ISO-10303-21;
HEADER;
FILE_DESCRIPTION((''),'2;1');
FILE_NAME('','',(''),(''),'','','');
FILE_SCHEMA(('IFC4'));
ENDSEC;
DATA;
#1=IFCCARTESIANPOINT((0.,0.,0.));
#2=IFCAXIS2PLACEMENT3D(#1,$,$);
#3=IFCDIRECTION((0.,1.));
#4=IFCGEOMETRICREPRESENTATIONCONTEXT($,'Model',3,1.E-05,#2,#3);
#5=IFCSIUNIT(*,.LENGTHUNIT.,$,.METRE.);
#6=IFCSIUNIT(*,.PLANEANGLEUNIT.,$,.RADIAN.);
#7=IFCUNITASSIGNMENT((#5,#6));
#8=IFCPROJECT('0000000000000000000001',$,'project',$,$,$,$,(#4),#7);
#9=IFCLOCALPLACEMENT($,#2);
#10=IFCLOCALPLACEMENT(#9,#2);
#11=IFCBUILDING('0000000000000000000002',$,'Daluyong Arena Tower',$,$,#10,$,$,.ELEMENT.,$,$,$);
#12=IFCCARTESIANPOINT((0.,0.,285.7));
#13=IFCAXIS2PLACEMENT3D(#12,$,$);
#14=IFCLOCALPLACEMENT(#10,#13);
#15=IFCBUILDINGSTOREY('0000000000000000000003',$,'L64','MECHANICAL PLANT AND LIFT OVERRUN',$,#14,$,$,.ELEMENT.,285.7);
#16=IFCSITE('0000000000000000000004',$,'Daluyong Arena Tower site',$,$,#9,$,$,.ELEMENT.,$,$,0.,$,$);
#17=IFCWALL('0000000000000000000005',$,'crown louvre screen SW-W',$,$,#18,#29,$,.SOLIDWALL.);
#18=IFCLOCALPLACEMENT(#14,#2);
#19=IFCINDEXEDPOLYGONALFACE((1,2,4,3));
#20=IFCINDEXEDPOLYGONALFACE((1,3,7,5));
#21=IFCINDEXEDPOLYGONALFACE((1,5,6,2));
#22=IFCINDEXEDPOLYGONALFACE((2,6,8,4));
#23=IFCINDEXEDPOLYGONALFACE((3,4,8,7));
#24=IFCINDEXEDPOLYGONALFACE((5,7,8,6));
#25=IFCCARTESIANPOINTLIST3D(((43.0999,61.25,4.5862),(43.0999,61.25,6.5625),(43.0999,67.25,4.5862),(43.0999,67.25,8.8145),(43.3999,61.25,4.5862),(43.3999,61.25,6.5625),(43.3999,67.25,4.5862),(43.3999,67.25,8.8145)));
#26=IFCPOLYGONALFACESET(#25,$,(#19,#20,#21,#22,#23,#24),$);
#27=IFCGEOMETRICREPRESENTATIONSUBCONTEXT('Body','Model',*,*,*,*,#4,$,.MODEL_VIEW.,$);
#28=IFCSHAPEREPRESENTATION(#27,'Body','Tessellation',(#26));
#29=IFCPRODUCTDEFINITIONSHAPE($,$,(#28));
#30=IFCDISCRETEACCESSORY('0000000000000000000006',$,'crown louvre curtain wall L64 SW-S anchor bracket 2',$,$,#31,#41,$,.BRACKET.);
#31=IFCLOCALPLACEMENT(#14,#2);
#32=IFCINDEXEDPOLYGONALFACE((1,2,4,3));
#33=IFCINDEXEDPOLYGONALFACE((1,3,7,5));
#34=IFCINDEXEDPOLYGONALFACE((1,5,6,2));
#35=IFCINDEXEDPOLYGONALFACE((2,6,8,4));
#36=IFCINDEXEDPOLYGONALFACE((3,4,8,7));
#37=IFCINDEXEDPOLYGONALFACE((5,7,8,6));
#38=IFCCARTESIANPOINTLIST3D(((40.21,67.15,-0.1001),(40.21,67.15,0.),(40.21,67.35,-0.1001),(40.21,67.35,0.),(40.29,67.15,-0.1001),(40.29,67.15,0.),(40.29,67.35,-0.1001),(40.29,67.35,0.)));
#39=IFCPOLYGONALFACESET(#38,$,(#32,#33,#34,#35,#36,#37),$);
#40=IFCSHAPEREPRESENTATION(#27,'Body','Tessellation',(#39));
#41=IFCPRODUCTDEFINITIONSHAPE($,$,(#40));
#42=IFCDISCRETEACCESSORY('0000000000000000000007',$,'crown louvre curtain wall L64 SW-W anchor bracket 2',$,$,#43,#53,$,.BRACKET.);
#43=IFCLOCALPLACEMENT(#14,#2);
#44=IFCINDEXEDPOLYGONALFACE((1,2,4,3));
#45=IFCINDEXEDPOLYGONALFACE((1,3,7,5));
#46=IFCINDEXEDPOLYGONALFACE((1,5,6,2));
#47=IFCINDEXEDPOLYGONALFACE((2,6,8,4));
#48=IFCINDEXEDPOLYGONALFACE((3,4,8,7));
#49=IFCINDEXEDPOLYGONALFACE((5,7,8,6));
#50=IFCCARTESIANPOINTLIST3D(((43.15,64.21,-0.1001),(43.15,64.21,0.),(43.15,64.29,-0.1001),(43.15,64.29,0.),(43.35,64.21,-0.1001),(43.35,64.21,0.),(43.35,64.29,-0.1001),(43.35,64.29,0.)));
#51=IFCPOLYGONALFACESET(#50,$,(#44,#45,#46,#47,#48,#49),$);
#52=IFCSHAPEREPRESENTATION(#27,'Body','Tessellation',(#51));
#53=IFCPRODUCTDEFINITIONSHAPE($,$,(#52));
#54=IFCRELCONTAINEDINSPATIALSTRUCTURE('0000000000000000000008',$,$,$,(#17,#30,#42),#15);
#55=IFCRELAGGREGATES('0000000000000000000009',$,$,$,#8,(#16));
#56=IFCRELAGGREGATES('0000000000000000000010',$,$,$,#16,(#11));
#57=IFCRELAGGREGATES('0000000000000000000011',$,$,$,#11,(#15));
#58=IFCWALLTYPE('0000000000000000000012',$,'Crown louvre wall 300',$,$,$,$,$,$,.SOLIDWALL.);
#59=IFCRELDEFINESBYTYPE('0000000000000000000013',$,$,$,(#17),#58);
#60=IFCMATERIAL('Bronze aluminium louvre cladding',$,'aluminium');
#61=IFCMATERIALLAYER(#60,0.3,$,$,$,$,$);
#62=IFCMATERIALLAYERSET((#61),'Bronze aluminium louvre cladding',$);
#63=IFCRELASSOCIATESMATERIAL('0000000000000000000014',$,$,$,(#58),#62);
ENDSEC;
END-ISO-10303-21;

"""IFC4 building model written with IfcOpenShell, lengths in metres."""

from ifc_helpers import new_model, si_unit, direction, frame, origin, origin_2d, place, context, subcontext, project, spatial, polyline, rectangle, outline, extrude, material, layer, layer_set, type_object, element, save


model = new_model("IFC4")

# Units and contexts
model_context = context("Model", 3, precision=1e-05, world=origin(), true_north=direction((0.0, 1.0)))
body_context = subcontext(model_context, "Body", "Model", "MODEL_VIEW")
ifc_project = project(units=[si_unit("LENGTHUNIT", "METRE"), si_unit("PLANEANGLEUNIT", "RADIAN")], contexts=[model_context])

# Site, building, storey
site_placement = place(None, origin())
site = spatial("IfcSite", under=ifc_project, at=site_placement, Name="Daluyong Arena Tower site", CompositionType="ELEMENT", RefElevation=0.0)
building_placement = place(site_placement, origin())
building = spatial("IfcBuilding", under=site, at=building_placement, Name="Daluyong Arena Tower", CompositionType="ELEMENT")
storey_placement = place(building_placement, frame((0.0, 0.0, 285.7)))
storey = spatial("IfcBuildingStorey", under=building, at=storey_placement, Name="L64", Description="MECHANICAL PLANT AND LIFT OVERRUN", CompositionType="ELEMENT", Elevation=285.7)

# Wall
ifc_material_1 = material(Name="Bronze aluminium louvre cladding", Category="aluminium")
ifc_layer_1 = layer(ifc_material_1, 0.3)
ifc_layer_set_1 = layer_set([ifc_layer_1], Name="Bronze aluminium louvre cladding")
wall_type = type_object("IfcWallType", Name="Crown louvre wall 300", PredefinedType="SOLIDWALL", material=ifc_layer_set_1)
wall_1_placement = place(storey_placement, frame((43.25, 67.25, 4.5862), z_axis=(0.0, 0.0, 1.0), x_axis=(0.0, -1.0, 0.0)))
element("IfcWall", 1, at=wall_1_placement, inside=storey, type_object=wall_type, Name="crown louvre screen SW-W", PredefinedType="SOLIDWALL", context=body_context, shape_type="SweptSolid", body=[
    extrude(outline(polyline([(0.0, 0.0), (6.0, 0.0), (6.0, 1.9763), (0.0, 4.2283), (0.0, 0.0)])), frame((0.0, 0.1499, 0.0), z_axis=(0.0, -1.0, 0.0), x_axis=(1.0, 0.0, 0.0)), (0.0, 0.0, 1.0), 0.3),
])

# Discrete accessories
for number, where, z_axis, x_axis, name in (
    (2, (40.25, 67.25, -0.1001), (0.0, 0.0, 1.0), (1.0, 0.0, 0.0), "crown louvre curtain wall L64 SW-S anchor bracket 2"),
    (3, (43.25, 64.25, -0.1001), (0.0, 0.0, 1.0), (0.0, -1.0, 0.0), "crown louvre curtain wall L64 SW-W anchor bracket 2"),
):
    element("IfcDiscreteAccessory", number, at=place(storey_placement, frame(where, z_axis=z_axis, x_axis=x_axis)), inside=storey, Name=name, PredefinedType="BRACKET", context=body_context, shape_type="SweptSolid", body=[
        extrude(rectangle(XDim=0.0801, YDim=0.2, at=origin_2d()), origin(), (0.0, 0.0, 1.0), 0.1001),
    ])

save(model, "model.ifc")
